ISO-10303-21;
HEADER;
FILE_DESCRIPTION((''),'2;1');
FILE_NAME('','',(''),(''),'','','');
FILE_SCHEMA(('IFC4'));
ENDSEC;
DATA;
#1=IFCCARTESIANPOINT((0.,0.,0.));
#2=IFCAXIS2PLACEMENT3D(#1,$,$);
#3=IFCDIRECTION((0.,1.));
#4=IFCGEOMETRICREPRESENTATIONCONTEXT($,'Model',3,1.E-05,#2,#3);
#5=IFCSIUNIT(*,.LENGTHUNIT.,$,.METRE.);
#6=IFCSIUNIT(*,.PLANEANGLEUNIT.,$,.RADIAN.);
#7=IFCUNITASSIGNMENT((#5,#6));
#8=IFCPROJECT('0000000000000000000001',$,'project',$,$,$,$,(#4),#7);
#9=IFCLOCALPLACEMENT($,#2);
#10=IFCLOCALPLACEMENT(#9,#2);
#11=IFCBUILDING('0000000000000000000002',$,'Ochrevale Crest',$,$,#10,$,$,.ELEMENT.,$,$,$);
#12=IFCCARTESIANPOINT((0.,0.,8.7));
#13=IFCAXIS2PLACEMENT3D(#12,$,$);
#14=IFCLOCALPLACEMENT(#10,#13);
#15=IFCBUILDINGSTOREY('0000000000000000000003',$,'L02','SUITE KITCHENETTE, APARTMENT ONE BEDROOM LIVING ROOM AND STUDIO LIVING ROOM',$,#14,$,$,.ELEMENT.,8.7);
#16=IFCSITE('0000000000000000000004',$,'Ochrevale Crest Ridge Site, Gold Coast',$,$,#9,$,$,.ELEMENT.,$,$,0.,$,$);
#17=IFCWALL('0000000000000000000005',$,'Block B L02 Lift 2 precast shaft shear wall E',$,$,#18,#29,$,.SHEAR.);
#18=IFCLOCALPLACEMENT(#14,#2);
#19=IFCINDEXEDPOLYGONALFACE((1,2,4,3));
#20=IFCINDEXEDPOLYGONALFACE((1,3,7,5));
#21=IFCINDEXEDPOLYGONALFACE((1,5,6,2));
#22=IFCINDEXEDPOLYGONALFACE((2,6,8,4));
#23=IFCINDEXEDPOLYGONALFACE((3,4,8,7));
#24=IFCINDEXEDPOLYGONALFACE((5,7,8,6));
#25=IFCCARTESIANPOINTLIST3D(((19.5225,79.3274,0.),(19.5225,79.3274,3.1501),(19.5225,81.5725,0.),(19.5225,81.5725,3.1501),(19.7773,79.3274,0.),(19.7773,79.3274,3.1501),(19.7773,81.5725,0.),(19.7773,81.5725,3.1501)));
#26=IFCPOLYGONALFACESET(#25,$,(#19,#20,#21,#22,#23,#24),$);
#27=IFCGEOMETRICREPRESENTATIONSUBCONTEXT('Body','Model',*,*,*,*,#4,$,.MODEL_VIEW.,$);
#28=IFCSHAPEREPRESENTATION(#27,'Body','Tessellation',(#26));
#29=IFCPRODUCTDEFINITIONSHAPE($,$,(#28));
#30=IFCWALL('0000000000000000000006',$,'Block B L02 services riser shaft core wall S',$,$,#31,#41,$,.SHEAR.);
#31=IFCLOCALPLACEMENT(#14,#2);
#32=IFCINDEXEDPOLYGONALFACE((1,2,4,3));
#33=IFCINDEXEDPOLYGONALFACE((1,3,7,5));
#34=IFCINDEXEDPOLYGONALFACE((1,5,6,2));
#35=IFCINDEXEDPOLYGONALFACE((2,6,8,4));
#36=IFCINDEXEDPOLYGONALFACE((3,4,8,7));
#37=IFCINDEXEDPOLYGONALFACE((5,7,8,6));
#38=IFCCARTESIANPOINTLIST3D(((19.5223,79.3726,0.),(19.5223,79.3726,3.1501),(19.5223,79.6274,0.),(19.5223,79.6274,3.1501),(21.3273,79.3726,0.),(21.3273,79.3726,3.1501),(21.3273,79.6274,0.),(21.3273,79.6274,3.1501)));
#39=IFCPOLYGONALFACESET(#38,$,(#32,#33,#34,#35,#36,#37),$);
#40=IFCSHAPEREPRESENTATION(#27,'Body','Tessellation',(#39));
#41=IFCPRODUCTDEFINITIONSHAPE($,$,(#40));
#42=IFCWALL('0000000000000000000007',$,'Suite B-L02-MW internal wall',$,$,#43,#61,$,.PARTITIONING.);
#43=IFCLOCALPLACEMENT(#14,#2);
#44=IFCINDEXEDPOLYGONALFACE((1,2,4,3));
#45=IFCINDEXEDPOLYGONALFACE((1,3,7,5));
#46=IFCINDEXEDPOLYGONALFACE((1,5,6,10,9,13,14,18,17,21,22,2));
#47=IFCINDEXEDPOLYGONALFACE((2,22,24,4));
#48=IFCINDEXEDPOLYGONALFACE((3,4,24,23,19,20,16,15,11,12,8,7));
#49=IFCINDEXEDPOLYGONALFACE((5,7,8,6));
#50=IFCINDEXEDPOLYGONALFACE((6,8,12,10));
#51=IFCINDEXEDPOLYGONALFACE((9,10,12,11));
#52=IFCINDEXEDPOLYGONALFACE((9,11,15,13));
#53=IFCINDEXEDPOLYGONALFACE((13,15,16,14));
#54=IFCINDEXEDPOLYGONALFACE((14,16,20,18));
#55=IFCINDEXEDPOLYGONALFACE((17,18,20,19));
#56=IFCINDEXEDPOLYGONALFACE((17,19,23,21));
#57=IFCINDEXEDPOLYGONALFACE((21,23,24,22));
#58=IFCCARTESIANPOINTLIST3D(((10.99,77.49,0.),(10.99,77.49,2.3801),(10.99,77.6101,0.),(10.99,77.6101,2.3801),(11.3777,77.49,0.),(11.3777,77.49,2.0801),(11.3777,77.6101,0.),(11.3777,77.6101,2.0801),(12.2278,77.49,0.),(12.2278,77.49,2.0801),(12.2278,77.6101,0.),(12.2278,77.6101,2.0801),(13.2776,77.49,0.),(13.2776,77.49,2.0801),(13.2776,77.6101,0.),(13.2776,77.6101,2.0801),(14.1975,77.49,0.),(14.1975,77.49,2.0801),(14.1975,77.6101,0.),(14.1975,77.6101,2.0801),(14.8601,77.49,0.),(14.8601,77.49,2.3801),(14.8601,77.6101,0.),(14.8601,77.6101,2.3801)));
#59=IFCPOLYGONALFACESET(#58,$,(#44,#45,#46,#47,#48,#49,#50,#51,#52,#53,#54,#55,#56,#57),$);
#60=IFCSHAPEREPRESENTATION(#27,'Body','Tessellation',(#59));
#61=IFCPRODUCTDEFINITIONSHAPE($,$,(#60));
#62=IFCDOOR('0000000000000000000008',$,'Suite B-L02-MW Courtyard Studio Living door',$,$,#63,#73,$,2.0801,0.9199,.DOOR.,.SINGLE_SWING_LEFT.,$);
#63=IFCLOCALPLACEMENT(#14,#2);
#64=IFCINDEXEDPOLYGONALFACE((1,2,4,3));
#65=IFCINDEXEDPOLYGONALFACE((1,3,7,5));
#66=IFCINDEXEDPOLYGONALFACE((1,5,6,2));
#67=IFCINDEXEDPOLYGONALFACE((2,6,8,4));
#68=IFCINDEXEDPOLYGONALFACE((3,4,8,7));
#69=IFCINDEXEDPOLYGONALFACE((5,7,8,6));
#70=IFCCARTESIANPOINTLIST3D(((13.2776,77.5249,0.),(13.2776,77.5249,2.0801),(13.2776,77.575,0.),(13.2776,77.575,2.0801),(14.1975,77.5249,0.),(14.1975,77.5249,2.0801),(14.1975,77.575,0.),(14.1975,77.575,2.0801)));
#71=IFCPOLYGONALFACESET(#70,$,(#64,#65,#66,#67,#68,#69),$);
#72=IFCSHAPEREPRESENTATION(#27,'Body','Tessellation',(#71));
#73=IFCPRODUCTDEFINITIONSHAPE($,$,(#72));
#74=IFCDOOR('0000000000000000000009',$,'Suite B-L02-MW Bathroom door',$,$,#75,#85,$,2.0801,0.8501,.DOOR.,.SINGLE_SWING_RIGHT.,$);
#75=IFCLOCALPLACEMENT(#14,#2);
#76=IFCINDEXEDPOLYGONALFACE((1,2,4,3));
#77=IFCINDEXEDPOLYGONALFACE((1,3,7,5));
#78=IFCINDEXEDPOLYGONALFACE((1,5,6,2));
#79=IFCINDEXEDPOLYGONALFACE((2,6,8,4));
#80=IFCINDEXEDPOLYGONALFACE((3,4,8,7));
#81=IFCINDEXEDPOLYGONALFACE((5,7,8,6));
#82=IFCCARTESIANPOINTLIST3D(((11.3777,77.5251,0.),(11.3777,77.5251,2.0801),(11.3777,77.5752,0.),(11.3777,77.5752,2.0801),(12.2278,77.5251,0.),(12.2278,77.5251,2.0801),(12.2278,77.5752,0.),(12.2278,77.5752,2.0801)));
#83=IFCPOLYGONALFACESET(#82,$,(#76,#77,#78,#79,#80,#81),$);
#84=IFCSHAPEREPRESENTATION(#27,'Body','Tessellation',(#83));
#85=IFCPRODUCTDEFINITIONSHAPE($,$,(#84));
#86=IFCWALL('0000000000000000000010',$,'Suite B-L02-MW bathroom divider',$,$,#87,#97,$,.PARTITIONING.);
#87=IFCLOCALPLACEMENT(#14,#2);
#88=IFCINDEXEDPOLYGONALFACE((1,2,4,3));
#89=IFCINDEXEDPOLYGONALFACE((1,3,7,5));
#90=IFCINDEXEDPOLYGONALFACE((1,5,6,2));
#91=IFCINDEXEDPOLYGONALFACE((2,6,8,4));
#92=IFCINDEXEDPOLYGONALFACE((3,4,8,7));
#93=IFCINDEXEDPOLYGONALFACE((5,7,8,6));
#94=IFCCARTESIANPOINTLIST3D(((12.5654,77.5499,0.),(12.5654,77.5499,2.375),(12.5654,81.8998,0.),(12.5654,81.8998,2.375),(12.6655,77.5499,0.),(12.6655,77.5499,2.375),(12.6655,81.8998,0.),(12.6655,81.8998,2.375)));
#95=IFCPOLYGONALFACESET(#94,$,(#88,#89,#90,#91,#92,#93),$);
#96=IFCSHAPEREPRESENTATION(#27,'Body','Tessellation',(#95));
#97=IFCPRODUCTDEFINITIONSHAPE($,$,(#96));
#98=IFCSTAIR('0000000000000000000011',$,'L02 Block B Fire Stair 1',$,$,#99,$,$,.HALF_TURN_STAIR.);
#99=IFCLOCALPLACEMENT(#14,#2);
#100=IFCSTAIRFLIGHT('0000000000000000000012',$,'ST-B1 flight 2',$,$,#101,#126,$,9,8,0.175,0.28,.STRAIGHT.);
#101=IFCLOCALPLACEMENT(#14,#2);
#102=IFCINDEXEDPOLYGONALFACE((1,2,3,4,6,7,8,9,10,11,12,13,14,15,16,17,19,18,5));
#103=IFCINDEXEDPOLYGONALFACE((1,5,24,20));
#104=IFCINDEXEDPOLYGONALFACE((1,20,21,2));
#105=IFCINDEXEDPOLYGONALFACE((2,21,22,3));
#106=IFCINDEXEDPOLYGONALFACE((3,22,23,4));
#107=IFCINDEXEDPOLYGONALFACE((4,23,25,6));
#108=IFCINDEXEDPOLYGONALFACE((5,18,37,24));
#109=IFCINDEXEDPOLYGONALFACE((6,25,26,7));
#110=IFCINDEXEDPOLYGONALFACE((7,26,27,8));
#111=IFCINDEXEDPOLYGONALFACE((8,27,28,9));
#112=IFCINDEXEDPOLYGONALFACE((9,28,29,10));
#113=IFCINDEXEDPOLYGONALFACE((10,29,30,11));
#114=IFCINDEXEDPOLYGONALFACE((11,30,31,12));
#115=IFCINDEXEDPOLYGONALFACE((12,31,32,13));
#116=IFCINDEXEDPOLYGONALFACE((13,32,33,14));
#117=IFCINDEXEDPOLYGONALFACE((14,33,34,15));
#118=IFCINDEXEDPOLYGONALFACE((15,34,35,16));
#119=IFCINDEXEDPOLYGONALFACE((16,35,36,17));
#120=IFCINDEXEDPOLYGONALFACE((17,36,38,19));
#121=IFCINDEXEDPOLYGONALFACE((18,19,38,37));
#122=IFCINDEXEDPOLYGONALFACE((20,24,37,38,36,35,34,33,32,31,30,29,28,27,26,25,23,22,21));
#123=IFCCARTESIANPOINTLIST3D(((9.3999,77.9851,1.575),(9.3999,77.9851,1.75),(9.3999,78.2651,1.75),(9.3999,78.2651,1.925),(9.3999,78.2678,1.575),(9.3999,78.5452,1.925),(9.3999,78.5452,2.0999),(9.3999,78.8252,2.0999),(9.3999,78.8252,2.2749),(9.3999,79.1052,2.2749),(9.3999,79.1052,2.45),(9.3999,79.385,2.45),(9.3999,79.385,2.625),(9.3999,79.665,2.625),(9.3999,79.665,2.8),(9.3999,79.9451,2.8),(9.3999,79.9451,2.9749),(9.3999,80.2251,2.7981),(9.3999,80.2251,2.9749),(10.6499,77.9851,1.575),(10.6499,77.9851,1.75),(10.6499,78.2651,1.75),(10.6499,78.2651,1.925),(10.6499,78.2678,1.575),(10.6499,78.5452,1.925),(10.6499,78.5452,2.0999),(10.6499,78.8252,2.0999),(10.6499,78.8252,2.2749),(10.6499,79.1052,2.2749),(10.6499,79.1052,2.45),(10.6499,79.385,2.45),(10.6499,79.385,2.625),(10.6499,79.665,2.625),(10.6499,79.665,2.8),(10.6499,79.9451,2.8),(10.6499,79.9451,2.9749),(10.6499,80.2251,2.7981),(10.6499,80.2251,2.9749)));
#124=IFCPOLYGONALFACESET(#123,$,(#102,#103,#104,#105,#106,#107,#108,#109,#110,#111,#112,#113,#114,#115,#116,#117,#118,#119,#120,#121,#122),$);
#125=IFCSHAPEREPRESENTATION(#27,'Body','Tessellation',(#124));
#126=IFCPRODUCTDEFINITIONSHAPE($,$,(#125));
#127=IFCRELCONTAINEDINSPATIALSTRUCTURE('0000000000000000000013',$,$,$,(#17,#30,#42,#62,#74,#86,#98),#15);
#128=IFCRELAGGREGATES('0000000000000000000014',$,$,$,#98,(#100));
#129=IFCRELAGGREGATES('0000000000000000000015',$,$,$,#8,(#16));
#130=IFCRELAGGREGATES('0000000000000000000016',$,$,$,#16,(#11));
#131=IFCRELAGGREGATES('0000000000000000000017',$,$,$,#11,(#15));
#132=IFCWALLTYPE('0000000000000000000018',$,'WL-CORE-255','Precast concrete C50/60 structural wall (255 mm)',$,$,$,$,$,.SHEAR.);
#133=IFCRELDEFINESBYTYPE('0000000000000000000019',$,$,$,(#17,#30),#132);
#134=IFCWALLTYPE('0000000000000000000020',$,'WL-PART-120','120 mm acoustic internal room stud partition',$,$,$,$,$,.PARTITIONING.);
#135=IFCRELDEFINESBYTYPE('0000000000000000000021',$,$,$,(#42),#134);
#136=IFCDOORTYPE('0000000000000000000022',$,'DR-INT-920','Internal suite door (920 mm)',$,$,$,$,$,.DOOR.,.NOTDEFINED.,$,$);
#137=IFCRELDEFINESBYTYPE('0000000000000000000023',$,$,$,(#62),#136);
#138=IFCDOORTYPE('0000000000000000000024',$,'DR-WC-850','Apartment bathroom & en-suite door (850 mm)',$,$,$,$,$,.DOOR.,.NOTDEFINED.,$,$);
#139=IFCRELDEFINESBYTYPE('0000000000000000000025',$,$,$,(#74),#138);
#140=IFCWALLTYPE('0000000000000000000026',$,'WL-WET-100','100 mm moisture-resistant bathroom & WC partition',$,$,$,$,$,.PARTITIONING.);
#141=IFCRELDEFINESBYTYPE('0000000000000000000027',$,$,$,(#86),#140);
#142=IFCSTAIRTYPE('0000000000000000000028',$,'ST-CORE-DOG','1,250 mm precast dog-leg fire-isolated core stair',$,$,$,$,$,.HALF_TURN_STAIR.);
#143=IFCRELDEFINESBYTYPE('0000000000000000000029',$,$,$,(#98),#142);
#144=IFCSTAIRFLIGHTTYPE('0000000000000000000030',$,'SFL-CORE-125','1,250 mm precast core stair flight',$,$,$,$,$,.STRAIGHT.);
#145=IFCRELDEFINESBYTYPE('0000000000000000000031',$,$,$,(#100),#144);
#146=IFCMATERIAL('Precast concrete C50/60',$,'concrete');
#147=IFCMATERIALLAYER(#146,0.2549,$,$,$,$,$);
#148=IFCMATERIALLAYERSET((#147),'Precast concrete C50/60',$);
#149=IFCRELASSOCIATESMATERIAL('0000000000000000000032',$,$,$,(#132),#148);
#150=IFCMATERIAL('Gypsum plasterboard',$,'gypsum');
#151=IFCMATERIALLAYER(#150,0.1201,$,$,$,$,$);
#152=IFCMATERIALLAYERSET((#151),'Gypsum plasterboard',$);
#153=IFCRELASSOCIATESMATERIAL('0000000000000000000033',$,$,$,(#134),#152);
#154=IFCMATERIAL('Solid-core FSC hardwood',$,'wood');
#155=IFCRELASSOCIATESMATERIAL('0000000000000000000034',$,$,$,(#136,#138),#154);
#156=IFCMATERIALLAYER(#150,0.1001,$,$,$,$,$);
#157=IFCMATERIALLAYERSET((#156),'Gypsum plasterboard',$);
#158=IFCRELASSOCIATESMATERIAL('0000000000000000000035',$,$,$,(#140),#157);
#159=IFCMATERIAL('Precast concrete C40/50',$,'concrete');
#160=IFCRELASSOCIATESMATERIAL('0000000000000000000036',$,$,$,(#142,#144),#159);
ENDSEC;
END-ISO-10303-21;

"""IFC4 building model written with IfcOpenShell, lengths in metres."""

from ifc_helpers import new_model, si_unit, direction, frame, frame_2d, origin, place, context, subcontext, project, spatial, polyline, rectangle, outline, extrude, material, layer, layer_set, type_object, element, fill, aggregate, save


model = new_model("IFC4")

# Units and contexts
model_context = context("Model", 3, precision=1e-05, world=origin(), true_north=direction((0.0, 1.0)))
body_context = subcontext(model_context, "Body", "Model", "MODEL_VIEW")
ifc_project = project(units=[si_unit("LENGTHUNIT", "METRE"), si_unit("PLANEANGLEUNIT", "RADIAN")], contexts=[model_context])

# Site, building, storey
site_placement = place(None, origin())
site = spatial("IfcSite", under=ifc_project, at=site_placement, Name="Ochrevale Crest Ridge Site, Gold Coast", CompositionType="ELEMENT", RefElevation=0.0)
building_placement = place(site_placement, origin())
building = spatial("IfcBuilding", under=site, at=building_placement, Name="Ochrevale Crest", CompositionType="ELEMENT")
storey_placement = place(building_placement, frame((0.0, 0.0, 8.7)))
storey = spatial("IfcBuildingStorey", under=building, at=storey_placement, Name="L02", Description="SUITE KITCHENETTE, APARTMENT ONE BEDROOM LIVING ROOM AND STUDIO LIVING ROOM", CompositionType="ELEMENT", Elevation=8.7)

# Shared definitions
ifc_material_1 = material(Name="Precast concrete C50/60", Category="concrete")

# Walls
ifc_layer_1 = layer(ifc_material_1, 0.2549)
ifc_layer_set_1 = layer_set([ifc_layer_1], Name="Precast concrete C50/60")
wall_type_1 = type_object("IfcWallType", Name="WL-CORE-255", Description="Precast concrete C50/60 structural wall (255 mm)", PredefinedType="SHEAR", material=ifc_layer_set_1)
wall_1_placement = place(storey_placement, frame((19.6499, 79.3274, 0.0), z_axis=(0.0, 0.0, 1.0), x_axis=(0.0, 1.0, 0.0)))
element("IfcWall", 1, at=wall_1_placement, inside=storey, type_object=wall_type_1, Name="Block B L02 Lift 2 precast shaft shear wall E", PredefinedType="SHEAR", context=body_context, shape_type="SweptSolid", body=[
    extrude(rectangle(XDim=2.2451, YDim=0.2549, at=frame_2d((1.1226, 0.0))), origin(), (0.0, 0.0, 1.0), 3.1501),
])
wall_2_placement = place(storey_placement, frame((19.5225, 79.5, 0.0), z_axis=(0.0, 0.0, 1.0), x_axis=(1.0, 0.0, 0.0)))
element("IfcWall", 2, at=wall_2_placement, inside=storey, type_object=wall_type_1, Name="Block B L02 services riser shaft core wall S", PredefinedType="SHEAR", context=body_context, shape_type="SweptSolid", body=[
    extrude(rectangle(XDim=1.8049, YDim=0.2549, at=frame_2d((0.9023, 0.0))), origin(), (0.0, 0.0, 1.0), 3.1501),
])

# Wall, openings, doors
ifc_material_2 = material(Name="Gypsum plasterboard", Category="gypsum")
ifc_layer_2 = layer(ifc_material_2, 0.1201)
ifc_layer_set_2 = layer_set([ifc_layer_2], Name="Gypsum plasterboard")
wall_type_2 = type_object("IfcWallType", Name="WL-PART-120", Description="120 mm acoustic internal room stud partition", PredefinedType="PARTITIONING", material=ifc_layer_set_2)
wall_3_placement = place(storey_placement, frame((10.99, 77.55, 0.0), z_axis=(0.0, 0.0, 1.0), x_axis=(1.0, 0.0, 0.0)))
wall_3 = element("IfcWall", 3, at=wall_3_placement, inside=storey, type_object=wall_type_2, Name="Suite B-L02-MW internal wall", PredefinedType="PARTITIONING", context=body_context, shape_type="SweptSolid", body=[
    extrude(rectangle(XDim=3.8701, YDim=0.1201, at=frame_2d((1.9351, 0.0))), origin(), (0.0, 0.0, 1.0), 2.3801),
])
opening_1_placement = place(wall_3_placement, frame((1.2378, 0.0, 0.0), z_axis=(0.0, 0.0, 1.0), x_axis=(-1.0, 0.0, 0.0)))
opening_1 = element("IfcOpeningElement", 4, at=opening_1_placement, cuts=wall_3, PredefinedType="OPENING", context=body_context, shape_type="SweptSolid", body=[
    extrude(rectangle(XDim=0.8501, YDim=2.0801, at=frame_2d((0.425, 1.04))), frame((0.0, 0.0701, 0.0), z_axis=(0.0, -1.0, 0.0), x_axis=(1.0, 0.0, 0.0)), (0.0, 0.0, 1.0), 0.1401),
])
opening_2_placement = place(wall_3_placement, frame((2.2876, 0.0, 0.0)))
opening_2 = element("IfcOpeningElement", 5, at=opening_2_placement, cuts=wall_3, PredefinedType="OPENING", context=body_context, shape_type="SweptSolid", body=[
    extrude(rectangle(XDim=0.9199, YDim=2.0801, at=frame_2d((0.46, 1.04))), frame((0.0, 0.0701, 0.0), z_axis=(0.0, -1.0, 0.0), x_axis=(1.0, 0.0, 0.0)), (0.0, 0.0, 1.0), 0.1401),
])
ifc_material_3 = material(Name="Solid-core FSC hardwood", Category="wood")
door_type_1 = type_object("IfcDoorType", Name="DR-INT-920", Description="Internal suite door (920 mm)", OperationType="NOTDEFINED", PredefinedType="DOOR", material=ifc_material_3)
door_1_placement = place(opening_2_placement, origin())
door_1 = element("IfcDoor", 6, at=door_1_placement, inside=storey, type_object=door_type_1, Name="Suite B-L02-MW Courtyard Studio Living door", OperationType="SINGLE_SWING_LEFT", OverallHeight=2.0801, OverallWidth=0.9199, PredefinedType="DOOR", context=body_context, shape_type="SweptSolid", body=[
    extrude(rectangle(XDim=0.9199, YDim=2.0801, at=frame_2d((0.46, 1.04))), frame((0.0, 0.0249, 0.0), z_axis=(0.0, -1.0, 0.0), x_axis=(1.0, 0.0, 0.0)), (0.0, 0.0, 1.0), 0.05),
])
fill(opening_2, door_1)
door_type_2 = type_object("IfcDoorType", Name="DR-WC-850", Description="Apartment bathroom & en-suite door (850 mm)", OperationType="NOTDEFINED", PredefinedType="DOOR", material=ifc_material_3)
door_2_placement = place(opening_1_placement, origin())
door_2 = element("IfcDoor", 7, at=door_2_placement, inside=storey, type_object=door_type_2, Name="Suite B-L02-MW Bathroom door", OperationType="SINGLE_SWING_RIGHT", OverallHeight=2.0801, OverallWidth=0.8501, PredefinedType="DOOR", context=body_context, shape_type="SweptSolid", body=[
    extrude(rectangle(XDim=0.8501, YDim=2.0801, at=frame_2d((0.425, 1.04))), frame((0.0, 0.0249, 0.0), z_axis=(0.0, -1.0, 0.0), x_axis=(1.0, 0.0, 0.0)), (0.0, 0.0, 1.0), 0.05),
])
fill(opening_1, door_2)

# Wall
ifc_layer_3 = layer(ifc_material_2, 0.1001)
ifc_layer_set_3 = layer_set([ifc_layer_3], Name="Gypsum plasterboard")
wall_type_3 = type_object("IfcWallType", Name="WL-WET-100", Description="100 mm moisture-resistant bathroom & WC partition", PredefinedType="PARTITIONING", material=ifc_layer_set_3)
wall_4_placement = place(storey_placement, frame((12.6155, 77.55, 0.0), z_axis=(0.0, 0.0, 1.0), x_axis=(0.0, 1.0, 0.0)))
element("IfcWall", 8, at=wall_4_placement, inside=storey, type_object=wall_type_3, Name="Suite B-L02-MW bathroom divider", PredefinedType="PARTITIONING", context=body_context, shape_type="SweptSolid", body=[
    extrude(rectangle(XDim=4.3499, YDim=0.1001, at=frame_2d((2.1748, 0.0))), origin(), (0.0, 0.0, 1.0), 2.375),
])

# Stair, stair flight
ifc_material_4 = material(Name="Precast concrete C40/50", Category="concrete")
stair_type = type_object("IfcStairType", Name="ST-CORE-DOG", Description="1,250 mm precast dog-leg fire-isolated core stair", PredefinedType="HALF_TURN_STAIR", material=ifc_material_4)
stair_placement = place(storey_placement, origin())
stair = element("IfcStair", 9, at=stair_placement, inside=storey, type_object=stair_type, Name="L02 Block B Fire Stair 1", PredefinedType="HALF_TURN_STAIR")
stair_flight_type = type_object("IfcStairFlightType", Name="SFL-CORE-125", Description="1,250 mm precast core stair flight", PredefinedType="STRAIGHT", material=ifc_material_4)
stair_flight_placement = place(storey_placement, frame((10.0249, 77.9851, 1.575), z_axis=(0.0, 0.0, 1.0), x_axis=(0.0, 1.0, 0.0)))
stair_flight = element("IfcStairFlight", 10, at=stair_flight_placement, type_object=stair_flight_type, Name="ST-B1 flight 2", NumberOfRisers=9, NumberOfTreads=8, PredefinedType="STRAIGHT", RiserHeight=0.175, TreadLength=0.28, context=body_context, shape_type="SweptSolid", body=[
    extrude(outline(polyline([(0.0, 0.0), (0.0, 0.175), (0.28, 0.175), (0.28, 0.3501), (0.5601, 0.3501), (0.5601, 0.5249), (0.8401, 0.5249), (0.8401, 0.7), (1.1201, 0.7), (1.1201, 0.875), (1.3999, 0.875), (1.3999, 1.05), (1.6799, 1.05), (1.6799, 1.2251), (1.96, 1.2251), (1.96, 1.3999), (2.24, 1.3999), (2.24, 1.575), (2.24, 1.2231), (0.2827, 0.0), (0.0, 0.0)])), frame((0.0, 0.625, 0.0), z_axis=(0.0, -1.0, 0.0), x_axis=(1.0, 0.0, 0.0)), (0.0, 0.0, 1.0), 1.25),
])
aggregate(stair, [stair_flight])

save(model, "model.ifc")
